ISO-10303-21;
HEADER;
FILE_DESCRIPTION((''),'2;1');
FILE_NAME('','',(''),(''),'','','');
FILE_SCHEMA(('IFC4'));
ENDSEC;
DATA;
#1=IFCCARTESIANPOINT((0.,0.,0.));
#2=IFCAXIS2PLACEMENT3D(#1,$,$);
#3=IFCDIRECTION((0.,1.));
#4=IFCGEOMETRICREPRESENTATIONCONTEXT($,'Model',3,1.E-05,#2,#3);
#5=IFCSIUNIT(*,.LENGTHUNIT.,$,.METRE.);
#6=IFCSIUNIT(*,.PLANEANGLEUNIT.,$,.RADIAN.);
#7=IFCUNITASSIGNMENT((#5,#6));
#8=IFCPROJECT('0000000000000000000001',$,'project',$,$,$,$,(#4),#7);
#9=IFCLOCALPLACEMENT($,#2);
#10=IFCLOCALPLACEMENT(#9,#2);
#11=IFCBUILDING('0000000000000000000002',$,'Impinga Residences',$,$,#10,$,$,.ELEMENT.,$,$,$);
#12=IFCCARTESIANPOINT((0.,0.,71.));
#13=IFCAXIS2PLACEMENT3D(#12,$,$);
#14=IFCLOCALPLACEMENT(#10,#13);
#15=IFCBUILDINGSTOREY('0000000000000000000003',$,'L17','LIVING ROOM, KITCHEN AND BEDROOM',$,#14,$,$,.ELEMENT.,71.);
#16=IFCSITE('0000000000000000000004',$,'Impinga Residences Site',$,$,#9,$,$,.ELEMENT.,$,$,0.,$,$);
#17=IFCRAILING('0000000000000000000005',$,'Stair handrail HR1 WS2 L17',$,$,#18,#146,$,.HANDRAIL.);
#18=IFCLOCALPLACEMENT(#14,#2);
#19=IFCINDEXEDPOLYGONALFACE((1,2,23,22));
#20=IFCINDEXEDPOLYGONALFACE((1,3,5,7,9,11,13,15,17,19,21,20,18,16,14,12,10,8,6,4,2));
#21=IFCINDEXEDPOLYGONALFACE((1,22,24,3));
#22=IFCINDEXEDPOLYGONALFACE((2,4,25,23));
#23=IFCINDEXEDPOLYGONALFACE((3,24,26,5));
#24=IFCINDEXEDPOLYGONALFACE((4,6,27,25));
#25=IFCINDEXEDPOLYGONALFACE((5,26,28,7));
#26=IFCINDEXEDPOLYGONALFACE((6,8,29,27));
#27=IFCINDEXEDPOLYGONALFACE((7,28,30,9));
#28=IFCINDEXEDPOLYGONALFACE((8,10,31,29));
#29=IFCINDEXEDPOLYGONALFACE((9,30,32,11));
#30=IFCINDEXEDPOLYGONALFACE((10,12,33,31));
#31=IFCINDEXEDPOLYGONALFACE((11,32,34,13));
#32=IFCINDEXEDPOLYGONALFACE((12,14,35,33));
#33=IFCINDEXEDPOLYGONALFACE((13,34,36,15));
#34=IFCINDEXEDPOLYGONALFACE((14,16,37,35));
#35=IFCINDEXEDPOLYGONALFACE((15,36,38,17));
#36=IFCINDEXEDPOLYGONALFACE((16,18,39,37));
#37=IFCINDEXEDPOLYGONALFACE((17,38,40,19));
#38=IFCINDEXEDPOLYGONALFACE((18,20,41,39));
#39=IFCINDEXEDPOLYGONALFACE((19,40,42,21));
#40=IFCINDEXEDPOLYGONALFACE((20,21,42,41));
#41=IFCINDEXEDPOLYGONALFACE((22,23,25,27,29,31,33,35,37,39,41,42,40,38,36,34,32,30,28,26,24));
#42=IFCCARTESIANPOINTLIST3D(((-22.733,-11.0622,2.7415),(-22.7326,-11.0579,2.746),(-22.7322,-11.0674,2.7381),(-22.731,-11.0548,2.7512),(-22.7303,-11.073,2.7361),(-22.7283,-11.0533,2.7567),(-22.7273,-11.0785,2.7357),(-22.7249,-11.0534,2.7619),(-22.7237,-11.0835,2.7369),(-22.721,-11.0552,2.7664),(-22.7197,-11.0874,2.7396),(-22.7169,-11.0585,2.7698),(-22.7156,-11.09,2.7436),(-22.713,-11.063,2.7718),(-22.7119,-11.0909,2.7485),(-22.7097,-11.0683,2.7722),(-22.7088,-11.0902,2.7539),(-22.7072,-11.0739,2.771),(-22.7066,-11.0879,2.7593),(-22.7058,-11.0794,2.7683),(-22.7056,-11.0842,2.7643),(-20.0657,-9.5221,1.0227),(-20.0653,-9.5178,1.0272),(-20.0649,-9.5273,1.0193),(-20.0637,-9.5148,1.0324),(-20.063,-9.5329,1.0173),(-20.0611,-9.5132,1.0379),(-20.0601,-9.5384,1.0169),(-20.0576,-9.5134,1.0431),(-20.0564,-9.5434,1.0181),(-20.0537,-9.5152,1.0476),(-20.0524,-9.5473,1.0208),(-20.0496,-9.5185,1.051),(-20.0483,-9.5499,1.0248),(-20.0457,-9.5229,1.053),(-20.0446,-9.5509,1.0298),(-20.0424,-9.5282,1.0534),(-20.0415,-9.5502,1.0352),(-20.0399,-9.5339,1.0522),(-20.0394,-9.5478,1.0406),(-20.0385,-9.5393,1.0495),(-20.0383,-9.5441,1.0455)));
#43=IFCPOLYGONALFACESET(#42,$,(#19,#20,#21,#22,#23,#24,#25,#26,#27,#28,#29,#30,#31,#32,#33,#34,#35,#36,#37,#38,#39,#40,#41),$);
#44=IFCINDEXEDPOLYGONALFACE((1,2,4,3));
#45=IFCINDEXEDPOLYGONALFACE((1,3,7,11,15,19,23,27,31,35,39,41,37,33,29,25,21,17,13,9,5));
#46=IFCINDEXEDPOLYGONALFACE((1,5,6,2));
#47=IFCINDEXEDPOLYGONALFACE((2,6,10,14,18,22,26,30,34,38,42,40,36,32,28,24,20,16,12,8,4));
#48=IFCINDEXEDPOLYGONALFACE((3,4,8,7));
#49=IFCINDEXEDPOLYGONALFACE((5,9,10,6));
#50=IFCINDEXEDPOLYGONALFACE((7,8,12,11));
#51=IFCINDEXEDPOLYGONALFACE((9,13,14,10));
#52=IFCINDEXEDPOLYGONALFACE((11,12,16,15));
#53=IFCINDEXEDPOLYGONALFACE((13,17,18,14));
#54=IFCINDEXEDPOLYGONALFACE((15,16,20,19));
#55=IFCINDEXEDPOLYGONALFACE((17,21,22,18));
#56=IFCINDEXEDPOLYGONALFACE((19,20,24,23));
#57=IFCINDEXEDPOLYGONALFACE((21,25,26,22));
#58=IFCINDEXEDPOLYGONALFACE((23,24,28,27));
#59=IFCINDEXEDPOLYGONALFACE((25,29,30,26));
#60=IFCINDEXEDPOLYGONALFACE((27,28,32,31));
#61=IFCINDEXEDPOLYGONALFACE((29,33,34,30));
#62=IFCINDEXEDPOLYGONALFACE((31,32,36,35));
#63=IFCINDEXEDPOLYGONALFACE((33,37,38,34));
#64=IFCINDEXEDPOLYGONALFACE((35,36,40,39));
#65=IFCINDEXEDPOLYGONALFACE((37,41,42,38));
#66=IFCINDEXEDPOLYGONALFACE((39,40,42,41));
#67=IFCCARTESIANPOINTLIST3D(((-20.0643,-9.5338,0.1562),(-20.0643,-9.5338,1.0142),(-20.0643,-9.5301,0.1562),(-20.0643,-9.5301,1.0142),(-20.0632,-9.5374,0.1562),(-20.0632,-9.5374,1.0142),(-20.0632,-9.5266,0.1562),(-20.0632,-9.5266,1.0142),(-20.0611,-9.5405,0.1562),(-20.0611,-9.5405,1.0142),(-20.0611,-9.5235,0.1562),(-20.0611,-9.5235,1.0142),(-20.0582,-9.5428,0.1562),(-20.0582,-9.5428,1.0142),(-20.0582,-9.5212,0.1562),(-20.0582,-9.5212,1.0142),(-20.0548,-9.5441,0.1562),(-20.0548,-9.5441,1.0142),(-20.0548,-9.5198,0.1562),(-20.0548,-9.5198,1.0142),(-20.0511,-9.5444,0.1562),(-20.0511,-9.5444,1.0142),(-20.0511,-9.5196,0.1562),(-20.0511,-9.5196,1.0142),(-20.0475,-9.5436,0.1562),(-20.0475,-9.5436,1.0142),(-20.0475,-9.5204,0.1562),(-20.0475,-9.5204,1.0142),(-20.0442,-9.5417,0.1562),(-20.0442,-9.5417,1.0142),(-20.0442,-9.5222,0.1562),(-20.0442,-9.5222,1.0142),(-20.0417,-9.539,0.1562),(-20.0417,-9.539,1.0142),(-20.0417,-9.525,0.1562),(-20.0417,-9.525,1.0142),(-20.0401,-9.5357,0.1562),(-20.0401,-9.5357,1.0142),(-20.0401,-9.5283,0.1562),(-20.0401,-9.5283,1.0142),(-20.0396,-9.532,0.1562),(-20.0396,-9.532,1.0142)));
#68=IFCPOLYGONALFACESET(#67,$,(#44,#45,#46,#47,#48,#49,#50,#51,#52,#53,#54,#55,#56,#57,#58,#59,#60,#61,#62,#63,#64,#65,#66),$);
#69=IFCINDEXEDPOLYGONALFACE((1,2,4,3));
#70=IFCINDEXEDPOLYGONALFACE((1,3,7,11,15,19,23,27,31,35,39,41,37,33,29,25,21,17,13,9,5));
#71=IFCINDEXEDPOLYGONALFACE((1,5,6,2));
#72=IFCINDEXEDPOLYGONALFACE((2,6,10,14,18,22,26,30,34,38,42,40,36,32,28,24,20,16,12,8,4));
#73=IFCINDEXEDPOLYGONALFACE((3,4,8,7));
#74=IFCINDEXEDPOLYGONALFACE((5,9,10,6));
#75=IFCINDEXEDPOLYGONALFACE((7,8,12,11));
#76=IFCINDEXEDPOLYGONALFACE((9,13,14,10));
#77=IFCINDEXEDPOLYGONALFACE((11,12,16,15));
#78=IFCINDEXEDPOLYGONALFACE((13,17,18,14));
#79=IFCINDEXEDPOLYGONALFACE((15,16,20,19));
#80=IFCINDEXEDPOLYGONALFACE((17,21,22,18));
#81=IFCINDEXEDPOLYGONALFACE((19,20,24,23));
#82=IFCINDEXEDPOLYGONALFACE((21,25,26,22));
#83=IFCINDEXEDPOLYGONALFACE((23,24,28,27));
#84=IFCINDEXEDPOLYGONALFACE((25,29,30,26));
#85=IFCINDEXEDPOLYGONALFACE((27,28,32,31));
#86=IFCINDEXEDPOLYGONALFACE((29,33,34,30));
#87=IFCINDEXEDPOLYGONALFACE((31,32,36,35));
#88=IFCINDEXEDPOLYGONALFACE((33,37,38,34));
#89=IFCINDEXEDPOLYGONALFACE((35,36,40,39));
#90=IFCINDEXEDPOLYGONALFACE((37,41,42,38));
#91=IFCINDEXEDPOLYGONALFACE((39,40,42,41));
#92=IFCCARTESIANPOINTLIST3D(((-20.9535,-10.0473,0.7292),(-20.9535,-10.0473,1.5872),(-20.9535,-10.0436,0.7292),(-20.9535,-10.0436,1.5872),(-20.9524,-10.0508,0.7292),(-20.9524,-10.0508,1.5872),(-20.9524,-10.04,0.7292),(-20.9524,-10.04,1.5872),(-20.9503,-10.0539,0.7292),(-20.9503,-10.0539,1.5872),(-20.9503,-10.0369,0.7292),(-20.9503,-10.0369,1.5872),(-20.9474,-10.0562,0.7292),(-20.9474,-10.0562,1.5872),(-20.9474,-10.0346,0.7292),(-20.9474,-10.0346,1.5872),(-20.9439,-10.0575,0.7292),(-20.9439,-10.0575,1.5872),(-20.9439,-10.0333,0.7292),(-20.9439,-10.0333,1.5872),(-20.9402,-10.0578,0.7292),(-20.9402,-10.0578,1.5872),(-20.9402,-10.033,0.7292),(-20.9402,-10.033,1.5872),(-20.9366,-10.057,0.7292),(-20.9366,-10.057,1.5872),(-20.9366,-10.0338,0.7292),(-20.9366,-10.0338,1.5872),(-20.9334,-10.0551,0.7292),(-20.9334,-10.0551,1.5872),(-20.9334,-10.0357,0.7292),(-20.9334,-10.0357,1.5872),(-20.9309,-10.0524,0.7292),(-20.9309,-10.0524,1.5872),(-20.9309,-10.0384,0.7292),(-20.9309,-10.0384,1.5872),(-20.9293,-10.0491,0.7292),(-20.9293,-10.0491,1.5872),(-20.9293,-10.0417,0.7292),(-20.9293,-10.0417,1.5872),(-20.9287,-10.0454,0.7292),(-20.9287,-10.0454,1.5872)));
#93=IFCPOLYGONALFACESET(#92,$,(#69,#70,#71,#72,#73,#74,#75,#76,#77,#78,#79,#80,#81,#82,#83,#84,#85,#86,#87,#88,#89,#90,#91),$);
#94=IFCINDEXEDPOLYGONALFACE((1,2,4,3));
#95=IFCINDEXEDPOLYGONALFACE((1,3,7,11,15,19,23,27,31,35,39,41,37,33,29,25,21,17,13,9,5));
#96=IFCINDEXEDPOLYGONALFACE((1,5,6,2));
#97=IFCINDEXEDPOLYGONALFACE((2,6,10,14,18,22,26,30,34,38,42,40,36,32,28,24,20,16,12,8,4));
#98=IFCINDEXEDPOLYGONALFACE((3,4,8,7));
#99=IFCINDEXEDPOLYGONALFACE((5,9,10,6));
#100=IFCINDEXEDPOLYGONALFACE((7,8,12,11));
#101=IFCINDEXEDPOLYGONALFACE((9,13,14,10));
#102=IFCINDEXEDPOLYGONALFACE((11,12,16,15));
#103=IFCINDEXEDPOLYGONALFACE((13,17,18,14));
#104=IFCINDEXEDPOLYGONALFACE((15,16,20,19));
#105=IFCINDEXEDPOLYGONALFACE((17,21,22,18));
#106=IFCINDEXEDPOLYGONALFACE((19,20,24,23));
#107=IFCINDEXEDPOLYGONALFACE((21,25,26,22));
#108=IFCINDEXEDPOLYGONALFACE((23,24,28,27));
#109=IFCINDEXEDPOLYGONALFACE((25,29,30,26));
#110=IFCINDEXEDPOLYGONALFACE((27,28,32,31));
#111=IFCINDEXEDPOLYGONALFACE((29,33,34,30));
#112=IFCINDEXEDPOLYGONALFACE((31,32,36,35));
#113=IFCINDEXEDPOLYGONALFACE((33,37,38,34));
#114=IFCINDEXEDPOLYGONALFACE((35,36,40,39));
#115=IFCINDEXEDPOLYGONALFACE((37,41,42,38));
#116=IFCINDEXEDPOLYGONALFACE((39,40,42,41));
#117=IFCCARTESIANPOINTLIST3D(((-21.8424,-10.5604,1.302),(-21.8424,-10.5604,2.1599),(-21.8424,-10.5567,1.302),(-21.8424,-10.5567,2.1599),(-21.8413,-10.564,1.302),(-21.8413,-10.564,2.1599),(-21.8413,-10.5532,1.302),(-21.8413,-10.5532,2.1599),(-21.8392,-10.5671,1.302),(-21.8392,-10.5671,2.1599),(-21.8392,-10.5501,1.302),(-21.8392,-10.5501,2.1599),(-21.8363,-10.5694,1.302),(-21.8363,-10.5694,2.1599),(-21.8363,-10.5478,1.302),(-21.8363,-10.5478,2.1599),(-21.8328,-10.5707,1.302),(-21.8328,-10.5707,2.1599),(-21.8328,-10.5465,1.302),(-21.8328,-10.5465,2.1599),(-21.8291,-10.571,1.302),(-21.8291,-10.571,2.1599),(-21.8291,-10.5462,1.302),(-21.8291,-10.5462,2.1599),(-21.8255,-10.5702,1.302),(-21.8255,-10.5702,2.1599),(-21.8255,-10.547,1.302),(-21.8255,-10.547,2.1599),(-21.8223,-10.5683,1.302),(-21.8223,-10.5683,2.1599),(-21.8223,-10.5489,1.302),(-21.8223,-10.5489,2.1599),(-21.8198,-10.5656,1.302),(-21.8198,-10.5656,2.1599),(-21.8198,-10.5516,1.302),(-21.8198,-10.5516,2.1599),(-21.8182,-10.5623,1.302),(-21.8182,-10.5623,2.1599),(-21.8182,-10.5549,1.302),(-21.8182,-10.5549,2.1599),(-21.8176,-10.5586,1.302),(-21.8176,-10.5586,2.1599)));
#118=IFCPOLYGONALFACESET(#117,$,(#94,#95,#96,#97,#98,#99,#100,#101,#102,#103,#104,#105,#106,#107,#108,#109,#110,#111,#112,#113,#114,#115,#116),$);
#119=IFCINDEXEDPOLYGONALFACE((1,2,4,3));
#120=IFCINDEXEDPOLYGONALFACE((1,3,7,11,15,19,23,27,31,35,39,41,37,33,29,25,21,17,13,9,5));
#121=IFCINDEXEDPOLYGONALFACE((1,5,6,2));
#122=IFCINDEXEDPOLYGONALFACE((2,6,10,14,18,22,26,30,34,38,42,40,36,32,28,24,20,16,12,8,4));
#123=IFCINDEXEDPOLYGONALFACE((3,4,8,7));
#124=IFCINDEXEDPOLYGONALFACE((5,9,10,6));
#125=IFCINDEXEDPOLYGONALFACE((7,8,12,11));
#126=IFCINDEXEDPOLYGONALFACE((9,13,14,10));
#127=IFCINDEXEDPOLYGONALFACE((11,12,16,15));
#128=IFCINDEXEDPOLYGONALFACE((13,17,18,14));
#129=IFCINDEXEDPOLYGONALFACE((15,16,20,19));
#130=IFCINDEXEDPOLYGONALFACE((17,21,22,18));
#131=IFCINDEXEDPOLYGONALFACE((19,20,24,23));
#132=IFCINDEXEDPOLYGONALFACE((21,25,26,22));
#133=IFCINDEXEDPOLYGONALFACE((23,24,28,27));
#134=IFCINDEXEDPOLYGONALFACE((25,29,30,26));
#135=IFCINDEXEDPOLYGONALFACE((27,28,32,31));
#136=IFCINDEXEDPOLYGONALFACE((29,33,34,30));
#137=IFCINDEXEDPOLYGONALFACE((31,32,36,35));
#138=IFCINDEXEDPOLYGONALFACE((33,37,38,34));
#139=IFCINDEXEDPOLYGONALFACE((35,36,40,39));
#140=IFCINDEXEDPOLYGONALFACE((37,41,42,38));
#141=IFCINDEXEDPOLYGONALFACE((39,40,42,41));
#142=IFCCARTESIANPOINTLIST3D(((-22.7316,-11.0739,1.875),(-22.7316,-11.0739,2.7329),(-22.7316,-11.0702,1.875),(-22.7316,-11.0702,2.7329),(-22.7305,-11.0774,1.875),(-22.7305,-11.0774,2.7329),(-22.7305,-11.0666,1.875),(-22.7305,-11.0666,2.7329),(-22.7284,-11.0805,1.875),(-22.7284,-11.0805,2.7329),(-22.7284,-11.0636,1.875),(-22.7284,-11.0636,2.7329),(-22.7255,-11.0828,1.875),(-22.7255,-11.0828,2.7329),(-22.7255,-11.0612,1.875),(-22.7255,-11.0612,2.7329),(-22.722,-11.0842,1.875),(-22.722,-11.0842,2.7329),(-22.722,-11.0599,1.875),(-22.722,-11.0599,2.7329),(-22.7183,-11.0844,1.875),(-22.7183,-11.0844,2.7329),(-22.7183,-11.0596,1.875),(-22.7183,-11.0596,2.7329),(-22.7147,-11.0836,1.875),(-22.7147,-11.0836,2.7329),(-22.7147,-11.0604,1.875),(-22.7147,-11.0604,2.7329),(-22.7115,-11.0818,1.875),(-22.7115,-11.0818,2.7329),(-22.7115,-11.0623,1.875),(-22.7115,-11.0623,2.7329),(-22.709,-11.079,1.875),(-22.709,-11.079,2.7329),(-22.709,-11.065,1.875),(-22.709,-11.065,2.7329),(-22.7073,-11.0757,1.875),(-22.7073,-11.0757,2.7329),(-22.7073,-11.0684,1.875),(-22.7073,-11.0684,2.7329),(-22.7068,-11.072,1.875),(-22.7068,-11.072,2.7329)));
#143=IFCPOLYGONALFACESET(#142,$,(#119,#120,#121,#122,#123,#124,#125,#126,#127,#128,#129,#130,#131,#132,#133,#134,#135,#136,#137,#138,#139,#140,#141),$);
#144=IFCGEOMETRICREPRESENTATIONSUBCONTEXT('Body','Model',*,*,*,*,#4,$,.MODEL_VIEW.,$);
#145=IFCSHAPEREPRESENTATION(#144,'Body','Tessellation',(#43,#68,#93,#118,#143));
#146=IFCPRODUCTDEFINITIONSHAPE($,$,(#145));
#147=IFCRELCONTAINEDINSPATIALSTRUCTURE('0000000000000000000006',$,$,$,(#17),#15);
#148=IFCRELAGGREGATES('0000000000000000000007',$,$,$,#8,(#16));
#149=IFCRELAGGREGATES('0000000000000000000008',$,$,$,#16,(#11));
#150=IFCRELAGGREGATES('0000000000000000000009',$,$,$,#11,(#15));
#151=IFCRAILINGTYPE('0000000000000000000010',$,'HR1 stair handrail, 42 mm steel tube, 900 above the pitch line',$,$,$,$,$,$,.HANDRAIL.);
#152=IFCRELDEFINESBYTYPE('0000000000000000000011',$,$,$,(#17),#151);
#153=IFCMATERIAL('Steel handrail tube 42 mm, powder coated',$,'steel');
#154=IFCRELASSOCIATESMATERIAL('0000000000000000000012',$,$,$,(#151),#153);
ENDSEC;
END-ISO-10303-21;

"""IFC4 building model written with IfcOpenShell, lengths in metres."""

from ifc_helpers import new_model, si_unit, direction, frame, origin, origin_2d, place, context, subcontext, project, spatial, circle, extrude, material, type_object, element, save


model = new_model("IFC4")

# Units and contexts
model_context = context("Model", 3, precision=1e-05, world=origin(), true_north=direction((0.0, 1.0)))
body_context = subcontext(model_context, "Body", "Model", "MODEL_VIEW")
ifc_project = project(units=[si_unit("LENGTHUNIT", "METRE"), si_unit("PLANEANGLEUNIT", "RADIAN")], contexts=[model_context])

# Site, building, storey
site_placement = place(None, origin())
site = spatial("IfcSite", under=ifc_project, at=site_placement, Name="Impinga Residences Site", CompositionType="ELEMENT", RefElevation=0.0)
building_placement = place(site_placement, origin())
building = spatial("IfcBuilding", under=site, at=building_placement, Name="Impinga Residences", CompositionType="ELEMENT")
storey_placement = place(building_placement, frame((0.0, 0.0, 71.0)))
storey = spatial("IfcBuildingStorey", under=building, at=storey_placement, Name="L17", Description="LIVING ROOM, KITCHEN AND BEDROOM", CompositionType="ELEMENT", Elevation=71.0)

# Railing
ifc_material_1 = material(Name="Steel handrail tube 42 mm, powder coated", Category="steel")
railing_type_1 = type_object("IfcRailingType", Name="HR1 stair handrail, 42 mm steel tube, 900 above the pitch line", PredefinedType="HANDRAIL", material=ifc_material_1)
railing_1_placement = place(storey_placement, frame((-20.052, -9.532, 0.1562)))
element("IfcRailing", 1, at=railing_1_placement, inside=storey, type_object=railing_type_1, Name="Stair handrail HR1 WS2 L17", PredefinedType="HANDRAIL", context=body_context, shape_type="SweptSolid", body=[
    extrude(circle(Radius=0.021, at=origin_2d()), frame((0.0, 0.0, 0.8789), z_axis=(-0.756226, -0.436639, 0.487307), x_axis=(0.500027, -0.86601, 0.0)), (0.0, 0.0, 1.0), 3.5271),
    extrude(circle(Radius=0.0125, at=origin_2d()), origin(), (0.0, 0.0, 1.0), 0.8579),
    extrude(circle(Radius=0.0125, at=origin_2d()), frame((-0.8892, -0.5134, 0.573)), (0.0, 0.0, 1.0), 0.8579),
    extrude(circle(Radius=0.0125, at=origin_2d()), frame((-1.7781, -1.0266, 1.1458)), (0.0, 0.0, 1.0), 0.8579),
    extrude(circle(Radius=0.0125, at=origin_2d()), frame((-2.6672, -1.54, 1.7188)), (0.0, 0.0, 1.0), 0.8579),
])

save(model, "model.ifc")
